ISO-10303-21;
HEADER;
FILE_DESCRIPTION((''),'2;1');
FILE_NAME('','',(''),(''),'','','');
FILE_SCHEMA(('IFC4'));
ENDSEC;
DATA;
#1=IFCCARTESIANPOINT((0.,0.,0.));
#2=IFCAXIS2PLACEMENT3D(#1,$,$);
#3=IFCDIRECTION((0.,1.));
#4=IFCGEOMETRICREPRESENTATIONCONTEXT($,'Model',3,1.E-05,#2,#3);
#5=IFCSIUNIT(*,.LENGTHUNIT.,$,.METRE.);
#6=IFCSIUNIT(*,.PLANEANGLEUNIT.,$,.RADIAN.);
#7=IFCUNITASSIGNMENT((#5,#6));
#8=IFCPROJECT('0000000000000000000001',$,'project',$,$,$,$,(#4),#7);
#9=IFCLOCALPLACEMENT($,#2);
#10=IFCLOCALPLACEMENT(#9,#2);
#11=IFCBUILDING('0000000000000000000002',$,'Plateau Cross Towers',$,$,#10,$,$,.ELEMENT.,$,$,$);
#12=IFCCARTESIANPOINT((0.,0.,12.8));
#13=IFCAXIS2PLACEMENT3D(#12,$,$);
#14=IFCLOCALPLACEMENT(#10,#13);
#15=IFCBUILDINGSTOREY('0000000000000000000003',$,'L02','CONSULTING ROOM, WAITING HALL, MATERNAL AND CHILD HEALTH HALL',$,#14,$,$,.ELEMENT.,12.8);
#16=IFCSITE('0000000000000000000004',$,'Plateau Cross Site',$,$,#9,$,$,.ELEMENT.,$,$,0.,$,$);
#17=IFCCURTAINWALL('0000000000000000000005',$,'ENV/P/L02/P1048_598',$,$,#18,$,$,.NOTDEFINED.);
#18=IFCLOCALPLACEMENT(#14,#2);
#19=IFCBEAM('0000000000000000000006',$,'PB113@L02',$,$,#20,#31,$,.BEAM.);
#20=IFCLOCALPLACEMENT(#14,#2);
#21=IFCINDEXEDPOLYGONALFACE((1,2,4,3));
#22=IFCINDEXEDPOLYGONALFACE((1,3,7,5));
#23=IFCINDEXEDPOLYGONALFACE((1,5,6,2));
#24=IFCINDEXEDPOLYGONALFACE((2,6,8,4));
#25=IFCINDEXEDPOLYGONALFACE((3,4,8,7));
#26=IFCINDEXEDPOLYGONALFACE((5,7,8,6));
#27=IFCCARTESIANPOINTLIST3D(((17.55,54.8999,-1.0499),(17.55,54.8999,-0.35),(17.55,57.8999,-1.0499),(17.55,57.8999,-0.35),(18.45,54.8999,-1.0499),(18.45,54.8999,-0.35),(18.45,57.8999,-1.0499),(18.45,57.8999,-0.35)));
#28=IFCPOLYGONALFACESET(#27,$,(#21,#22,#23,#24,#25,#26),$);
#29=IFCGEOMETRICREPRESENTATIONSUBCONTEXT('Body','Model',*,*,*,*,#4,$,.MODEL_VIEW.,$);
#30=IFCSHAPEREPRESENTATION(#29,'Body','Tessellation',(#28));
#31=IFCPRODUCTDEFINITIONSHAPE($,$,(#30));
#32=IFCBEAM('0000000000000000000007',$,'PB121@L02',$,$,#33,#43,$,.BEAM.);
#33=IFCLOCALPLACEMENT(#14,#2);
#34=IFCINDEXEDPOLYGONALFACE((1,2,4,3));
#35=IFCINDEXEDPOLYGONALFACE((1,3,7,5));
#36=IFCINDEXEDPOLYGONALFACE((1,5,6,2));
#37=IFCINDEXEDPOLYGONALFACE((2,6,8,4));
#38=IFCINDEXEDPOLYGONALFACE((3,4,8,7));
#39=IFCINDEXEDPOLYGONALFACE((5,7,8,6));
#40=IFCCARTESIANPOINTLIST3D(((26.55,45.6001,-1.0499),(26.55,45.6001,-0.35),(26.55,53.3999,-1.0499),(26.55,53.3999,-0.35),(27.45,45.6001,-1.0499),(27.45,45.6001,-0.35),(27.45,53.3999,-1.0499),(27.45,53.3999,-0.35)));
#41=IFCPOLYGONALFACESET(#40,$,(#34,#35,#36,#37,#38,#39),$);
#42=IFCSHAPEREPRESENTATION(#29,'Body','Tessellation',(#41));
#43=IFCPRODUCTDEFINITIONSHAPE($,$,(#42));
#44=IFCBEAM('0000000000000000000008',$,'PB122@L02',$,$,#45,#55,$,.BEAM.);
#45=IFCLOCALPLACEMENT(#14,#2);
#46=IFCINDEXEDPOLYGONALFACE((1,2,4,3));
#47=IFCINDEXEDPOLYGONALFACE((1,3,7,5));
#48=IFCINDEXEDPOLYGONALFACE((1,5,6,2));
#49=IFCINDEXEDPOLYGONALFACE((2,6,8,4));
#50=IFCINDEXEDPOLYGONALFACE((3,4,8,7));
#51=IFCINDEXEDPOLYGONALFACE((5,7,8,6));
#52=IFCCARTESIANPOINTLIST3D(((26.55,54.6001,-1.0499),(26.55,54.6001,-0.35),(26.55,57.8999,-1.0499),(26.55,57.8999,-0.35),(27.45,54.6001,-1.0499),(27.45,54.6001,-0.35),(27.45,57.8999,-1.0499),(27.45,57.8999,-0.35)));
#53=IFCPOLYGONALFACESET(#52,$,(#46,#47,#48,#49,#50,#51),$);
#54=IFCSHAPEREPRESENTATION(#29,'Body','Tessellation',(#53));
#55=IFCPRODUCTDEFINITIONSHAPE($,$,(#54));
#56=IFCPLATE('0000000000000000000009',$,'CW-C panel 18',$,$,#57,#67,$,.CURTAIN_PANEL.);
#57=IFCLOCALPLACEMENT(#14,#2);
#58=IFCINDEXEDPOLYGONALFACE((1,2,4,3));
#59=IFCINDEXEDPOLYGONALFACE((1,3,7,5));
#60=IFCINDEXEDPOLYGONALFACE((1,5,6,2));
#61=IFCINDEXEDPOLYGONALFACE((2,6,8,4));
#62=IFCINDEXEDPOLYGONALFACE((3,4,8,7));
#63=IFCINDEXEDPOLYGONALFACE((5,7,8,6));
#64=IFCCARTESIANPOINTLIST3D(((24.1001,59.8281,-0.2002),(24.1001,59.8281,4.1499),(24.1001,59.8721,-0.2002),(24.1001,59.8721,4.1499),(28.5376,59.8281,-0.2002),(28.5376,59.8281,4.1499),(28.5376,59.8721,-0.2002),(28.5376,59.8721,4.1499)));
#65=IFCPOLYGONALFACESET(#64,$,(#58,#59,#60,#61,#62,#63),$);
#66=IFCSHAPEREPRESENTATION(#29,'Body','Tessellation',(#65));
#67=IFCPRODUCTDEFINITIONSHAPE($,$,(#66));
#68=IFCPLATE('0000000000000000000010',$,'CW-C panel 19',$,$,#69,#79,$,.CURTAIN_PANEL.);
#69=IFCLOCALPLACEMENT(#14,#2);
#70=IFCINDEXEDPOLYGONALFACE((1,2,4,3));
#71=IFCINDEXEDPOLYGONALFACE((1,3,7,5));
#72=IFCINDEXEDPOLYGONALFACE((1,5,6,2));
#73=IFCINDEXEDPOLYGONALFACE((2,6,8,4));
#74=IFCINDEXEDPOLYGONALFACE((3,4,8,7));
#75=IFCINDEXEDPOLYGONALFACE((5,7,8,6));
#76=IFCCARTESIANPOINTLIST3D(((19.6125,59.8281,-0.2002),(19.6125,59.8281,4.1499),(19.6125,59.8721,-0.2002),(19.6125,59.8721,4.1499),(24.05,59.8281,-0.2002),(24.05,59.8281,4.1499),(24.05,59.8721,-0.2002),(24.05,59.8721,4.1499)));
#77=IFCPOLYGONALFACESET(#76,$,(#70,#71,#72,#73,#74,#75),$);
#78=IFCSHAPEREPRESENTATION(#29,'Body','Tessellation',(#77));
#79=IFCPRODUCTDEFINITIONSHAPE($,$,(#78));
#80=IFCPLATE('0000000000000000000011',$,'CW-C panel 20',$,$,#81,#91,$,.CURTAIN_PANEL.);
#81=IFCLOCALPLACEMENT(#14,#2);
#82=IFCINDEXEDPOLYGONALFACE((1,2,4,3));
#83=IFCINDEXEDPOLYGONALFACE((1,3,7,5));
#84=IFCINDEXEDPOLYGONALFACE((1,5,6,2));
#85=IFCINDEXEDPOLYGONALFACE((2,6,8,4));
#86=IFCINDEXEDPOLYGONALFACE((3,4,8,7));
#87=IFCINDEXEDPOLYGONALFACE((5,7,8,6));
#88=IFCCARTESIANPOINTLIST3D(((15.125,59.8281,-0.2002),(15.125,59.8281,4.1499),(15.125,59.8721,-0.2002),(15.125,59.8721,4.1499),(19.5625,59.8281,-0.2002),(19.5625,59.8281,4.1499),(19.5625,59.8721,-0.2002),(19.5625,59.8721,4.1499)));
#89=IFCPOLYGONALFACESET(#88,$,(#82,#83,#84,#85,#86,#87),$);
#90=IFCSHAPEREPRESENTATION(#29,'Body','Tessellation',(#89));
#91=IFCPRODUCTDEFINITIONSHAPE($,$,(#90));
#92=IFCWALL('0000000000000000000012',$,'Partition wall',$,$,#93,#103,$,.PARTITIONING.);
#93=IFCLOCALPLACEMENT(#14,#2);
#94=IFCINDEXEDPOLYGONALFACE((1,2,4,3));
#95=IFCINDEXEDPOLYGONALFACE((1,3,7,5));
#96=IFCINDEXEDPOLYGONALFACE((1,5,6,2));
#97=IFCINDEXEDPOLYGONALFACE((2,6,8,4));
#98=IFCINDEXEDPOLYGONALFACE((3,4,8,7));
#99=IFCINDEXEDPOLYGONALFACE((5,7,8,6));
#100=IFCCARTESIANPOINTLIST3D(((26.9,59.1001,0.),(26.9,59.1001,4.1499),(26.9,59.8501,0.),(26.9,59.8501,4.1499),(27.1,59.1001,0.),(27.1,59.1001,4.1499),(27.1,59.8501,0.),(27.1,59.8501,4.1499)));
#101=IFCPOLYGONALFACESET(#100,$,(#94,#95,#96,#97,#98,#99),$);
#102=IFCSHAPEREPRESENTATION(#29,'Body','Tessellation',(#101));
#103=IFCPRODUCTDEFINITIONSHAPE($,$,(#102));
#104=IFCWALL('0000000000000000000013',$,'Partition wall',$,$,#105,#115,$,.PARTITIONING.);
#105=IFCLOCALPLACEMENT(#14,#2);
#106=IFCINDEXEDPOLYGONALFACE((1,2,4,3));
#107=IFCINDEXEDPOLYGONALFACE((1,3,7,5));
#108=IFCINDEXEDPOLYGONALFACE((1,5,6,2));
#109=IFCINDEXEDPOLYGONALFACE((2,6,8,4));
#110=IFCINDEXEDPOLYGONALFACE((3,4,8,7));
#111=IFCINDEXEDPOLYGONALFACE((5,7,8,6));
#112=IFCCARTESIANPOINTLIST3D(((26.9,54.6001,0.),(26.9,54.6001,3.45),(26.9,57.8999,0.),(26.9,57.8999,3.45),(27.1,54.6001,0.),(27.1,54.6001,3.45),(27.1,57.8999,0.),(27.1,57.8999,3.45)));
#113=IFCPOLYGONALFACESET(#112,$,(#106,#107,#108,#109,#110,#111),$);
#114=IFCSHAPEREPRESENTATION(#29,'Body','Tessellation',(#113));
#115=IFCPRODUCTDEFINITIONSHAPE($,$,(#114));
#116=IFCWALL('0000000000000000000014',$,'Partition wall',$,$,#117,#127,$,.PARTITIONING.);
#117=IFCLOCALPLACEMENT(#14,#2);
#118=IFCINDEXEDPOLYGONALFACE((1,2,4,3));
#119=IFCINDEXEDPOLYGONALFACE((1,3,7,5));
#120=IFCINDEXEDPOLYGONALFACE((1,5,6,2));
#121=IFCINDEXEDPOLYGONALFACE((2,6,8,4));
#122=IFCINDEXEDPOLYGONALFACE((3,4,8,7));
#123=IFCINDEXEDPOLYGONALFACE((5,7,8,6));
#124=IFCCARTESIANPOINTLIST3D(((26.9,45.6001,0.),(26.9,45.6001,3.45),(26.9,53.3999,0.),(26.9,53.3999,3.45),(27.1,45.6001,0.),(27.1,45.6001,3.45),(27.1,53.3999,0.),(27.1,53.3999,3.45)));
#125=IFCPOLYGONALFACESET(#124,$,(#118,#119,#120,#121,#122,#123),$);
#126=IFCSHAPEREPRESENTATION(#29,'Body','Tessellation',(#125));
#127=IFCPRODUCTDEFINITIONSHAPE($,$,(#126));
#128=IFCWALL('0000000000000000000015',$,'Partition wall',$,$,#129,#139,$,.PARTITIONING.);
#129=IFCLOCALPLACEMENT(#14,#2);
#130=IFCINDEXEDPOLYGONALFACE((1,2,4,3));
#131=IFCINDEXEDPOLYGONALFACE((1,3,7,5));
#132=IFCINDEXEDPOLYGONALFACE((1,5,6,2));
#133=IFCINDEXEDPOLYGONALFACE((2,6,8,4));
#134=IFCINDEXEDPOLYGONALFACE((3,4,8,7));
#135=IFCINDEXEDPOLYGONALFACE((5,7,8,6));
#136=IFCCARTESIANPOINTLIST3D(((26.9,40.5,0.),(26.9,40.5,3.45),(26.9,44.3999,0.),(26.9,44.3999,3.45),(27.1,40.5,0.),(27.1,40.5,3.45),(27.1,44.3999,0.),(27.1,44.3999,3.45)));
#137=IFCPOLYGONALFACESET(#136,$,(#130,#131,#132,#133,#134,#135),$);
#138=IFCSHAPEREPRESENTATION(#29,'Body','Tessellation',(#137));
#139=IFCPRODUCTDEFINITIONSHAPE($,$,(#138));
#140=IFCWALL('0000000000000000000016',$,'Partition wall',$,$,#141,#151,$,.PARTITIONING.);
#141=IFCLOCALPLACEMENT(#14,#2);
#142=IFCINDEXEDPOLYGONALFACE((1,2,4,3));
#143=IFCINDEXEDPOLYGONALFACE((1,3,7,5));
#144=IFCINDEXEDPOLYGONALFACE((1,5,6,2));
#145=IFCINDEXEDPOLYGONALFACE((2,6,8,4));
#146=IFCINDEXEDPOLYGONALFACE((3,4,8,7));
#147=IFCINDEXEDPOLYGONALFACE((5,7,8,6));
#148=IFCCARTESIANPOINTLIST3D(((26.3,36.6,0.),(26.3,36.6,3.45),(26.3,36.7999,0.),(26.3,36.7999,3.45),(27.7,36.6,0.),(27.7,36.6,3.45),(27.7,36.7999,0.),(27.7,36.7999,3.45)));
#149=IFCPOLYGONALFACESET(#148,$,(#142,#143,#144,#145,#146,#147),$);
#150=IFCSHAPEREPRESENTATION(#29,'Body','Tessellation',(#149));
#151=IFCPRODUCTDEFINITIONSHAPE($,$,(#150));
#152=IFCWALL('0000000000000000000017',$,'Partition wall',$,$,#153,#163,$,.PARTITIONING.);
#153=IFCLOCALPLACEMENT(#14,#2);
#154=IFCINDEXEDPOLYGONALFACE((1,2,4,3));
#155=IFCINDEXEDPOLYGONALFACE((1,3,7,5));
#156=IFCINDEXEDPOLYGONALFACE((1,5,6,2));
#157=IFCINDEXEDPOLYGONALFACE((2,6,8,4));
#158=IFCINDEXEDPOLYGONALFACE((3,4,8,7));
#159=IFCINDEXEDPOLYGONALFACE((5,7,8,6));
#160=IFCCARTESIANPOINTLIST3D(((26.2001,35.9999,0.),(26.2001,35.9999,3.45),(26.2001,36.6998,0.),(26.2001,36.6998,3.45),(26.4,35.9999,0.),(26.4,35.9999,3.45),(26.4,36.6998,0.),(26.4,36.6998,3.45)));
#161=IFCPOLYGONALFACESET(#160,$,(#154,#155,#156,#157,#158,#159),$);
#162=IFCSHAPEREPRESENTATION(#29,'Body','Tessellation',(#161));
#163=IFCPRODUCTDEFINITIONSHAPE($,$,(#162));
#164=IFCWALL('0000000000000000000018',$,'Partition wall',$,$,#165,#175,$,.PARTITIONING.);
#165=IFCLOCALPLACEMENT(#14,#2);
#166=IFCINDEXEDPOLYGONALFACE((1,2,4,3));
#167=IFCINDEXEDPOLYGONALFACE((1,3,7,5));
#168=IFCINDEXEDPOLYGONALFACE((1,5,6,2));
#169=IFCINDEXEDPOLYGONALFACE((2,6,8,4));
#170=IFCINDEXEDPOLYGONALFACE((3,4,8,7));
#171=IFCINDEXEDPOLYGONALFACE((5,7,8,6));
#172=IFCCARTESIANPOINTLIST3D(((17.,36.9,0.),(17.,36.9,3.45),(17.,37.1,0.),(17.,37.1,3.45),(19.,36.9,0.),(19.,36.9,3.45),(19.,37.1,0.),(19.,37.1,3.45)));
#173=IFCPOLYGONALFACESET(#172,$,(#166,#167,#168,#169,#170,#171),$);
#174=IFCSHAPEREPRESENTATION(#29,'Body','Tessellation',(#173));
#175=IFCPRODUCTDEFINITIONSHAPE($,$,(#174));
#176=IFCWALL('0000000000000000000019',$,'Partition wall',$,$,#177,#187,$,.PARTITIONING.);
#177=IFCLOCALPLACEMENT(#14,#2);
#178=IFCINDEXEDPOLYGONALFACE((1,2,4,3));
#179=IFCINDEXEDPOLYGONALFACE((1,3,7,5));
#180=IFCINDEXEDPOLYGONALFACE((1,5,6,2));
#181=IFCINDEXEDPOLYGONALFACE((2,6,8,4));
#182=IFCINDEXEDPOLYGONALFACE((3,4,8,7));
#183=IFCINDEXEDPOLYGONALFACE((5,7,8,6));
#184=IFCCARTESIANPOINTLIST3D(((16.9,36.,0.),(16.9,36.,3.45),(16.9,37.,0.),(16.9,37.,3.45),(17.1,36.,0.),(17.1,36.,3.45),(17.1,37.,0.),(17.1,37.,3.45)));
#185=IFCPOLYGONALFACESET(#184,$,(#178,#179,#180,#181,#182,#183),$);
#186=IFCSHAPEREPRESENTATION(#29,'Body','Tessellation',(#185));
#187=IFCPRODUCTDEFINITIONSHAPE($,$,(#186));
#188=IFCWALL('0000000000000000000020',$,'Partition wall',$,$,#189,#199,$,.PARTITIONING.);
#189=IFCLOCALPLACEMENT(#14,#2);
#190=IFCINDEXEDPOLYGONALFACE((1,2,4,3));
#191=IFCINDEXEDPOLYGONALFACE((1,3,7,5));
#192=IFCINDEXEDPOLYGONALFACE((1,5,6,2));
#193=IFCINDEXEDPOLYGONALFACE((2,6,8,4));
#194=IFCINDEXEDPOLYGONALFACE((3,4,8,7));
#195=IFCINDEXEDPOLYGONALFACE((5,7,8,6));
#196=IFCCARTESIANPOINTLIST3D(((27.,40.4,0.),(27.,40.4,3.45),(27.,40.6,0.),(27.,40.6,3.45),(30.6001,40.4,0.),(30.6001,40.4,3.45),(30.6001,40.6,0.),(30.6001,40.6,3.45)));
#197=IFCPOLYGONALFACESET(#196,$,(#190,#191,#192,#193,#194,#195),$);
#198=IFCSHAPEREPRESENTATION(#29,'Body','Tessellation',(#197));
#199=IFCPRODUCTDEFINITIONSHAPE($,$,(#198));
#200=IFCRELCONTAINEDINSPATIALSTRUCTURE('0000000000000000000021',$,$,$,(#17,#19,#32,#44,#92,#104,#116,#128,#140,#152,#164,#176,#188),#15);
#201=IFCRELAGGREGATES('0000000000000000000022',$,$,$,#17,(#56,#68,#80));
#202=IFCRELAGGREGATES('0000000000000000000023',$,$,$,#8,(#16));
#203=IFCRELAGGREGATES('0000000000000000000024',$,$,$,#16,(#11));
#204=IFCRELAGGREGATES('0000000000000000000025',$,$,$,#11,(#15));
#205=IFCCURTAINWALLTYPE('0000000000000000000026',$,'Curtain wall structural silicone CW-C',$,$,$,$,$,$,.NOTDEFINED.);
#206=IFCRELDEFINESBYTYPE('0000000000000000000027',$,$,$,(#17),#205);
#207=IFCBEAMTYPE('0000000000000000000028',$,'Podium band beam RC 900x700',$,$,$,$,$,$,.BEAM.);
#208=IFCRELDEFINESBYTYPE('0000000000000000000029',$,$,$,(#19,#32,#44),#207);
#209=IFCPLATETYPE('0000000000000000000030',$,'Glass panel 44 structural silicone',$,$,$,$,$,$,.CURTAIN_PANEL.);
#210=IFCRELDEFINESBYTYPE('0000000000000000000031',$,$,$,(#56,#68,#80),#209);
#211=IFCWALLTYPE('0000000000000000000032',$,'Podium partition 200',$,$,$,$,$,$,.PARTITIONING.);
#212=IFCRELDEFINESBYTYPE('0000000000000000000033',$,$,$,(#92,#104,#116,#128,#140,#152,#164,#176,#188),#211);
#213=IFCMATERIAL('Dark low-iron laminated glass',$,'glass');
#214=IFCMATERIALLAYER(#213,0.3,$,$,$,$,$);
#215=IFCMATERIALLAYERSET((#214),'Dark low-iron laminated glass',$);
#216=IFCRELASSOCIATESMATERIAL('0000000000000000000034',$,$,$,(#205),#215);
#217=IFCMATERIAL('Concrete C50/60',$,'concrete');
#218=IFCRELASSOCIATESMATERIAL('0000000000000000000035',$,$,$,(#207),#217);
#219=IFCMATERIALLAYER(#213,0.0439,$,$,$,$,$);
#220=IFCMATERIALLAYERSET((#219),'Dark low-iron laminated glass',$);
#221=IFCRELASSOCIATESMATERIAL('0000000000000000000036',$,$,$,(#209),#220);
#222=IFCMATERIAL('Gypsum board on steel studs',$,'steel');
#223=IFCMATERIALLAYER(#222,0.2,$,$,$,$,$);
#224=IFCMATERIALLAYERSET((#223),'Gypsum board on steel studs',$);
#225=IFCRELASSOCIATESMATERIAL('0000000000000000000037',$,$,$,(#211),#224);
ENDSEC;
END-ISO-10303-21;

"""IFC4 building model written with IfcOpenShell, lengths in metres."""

from ifc_helpers import new_model, si_unit, direction, frame, frame_2d, origin, origin_2d, place, context, subcontext, project, spatial, rectangle, extrude, material, layer, layer_set, material_profile, profile_set, type_object, element, aggregate, save


model = new_model("IFC4")

# Units and contexts
model_context = context("Model", 3, precision=1e-05, world=origin(), true_north=direction((0.0, 1.0)))
body_context = subcontext(model_context, "Body", "Model", "MODEL_VIEW")
ifc_project = project(units=[si_unit("LENGTHUNIT", "METRE"), si_unit("PLANEANGLEUNIT", "RADIAN")], contexts=[model_context])

# Site, building, storey
site_placement = place(None, origin())
site = spatial("IfcSite", under=ifc_project, at=site_placement, Name="Plateau Cross Site", CompositionType="ELEMENT", RefElevation=0.0)
building_placement = place(site_placement, origin())
building = spatial("IfcBuilding", under=site, at=building_placement, Name="Plateau Cross Towers", CompositionType="ELEMENT")
storey_placement = place(building_placement, frame((0.0, 0.0, 12.8)))
storey = spatial("IfcBuildingStorey", under=building, at=storey_placement, Name="L02", Description="CONSULTING ROOM, WAITING HALL, MATERNAL AND CHILD HEALTH HALL", CompositionType="ELEMENT", Elevation=12.8)

# Curtain wall
ifc_material_1 = material(Name="Dark low-iron laminated glass", Category="glass")
ifc_layer_1 = layer(ifc_material_1, 0.3)
ifc_layer_set_1 = layer_set([ifc_layer_1], Name="Dark low-iron laminated glass")
curtain_wall_type = type_object("IfcCurtainWallType", Name="Curtain wall structural silicone CW-C", PredefinedType="NOTDEFINED", material=ifc_layer_set_1)
curtain_wall_placement = place(storey_placement, origin())
curtain_wall = element("IfcCurtainWall", 1, at=curtain_wall_placement, inside=storey, type_object=curtain_wall_type, Name="ENV/P/L02/P1048_598", PredefinedType="NOTDEFINED")

# Beams
ifc_material_2 = material(Name="Concrete C50/60", Category="concrete")
ifc_material_profile_1 = material_profile(ifc_material_2, rectangle(XDim=0.8999, YDim=0.7, at=origin_2d()), Name="RC 900x700")
ifc_profile_set_1 = profile_set([ifc_material_profile_1], Name="Concrete C50/60")
beam_type = type_object("IfcBeamType", Name="Podium band beam RC 900x700", PredefinedType="BEAM", material=ifc_profile_set_1)
beam_1_placement = place(storey_placement, frame((18.0, 54.8999, -0.7), z_axis=(0.0, 1.0, 0.0), x_axis=(-1.0, 0.0, 0.0)))
element("IfcBeam", 2, at=beam_1_placement, inside=storey, type_object=beam_type, Name="PB113@L02", PredefinedType="BEAM", context=body_context, shape_type="SweptSolid", body=[
    extrude(rectangle(XDim=0.8999, YDim=0.7, at=origin_2d()), origin(), (0.0, 0.0, 1.0), 3.0),
])
beam_2_placement = place(storey_placement, frame((27.0, 45.6001, -0.7), z_axis=(0.0, 1.0, 0.0), x_axis=(-1.0, 0.0, 0.0)))
element("IfcBeam", 3, at=beam_2_placement, inside=storey, type_object=beam_type, Name="PB121@L02", PredefinedType="BEAM", context=body_context, shape_type="SweptSolid", body=[
    extrude(rectangle(XDim=0.8999, YDim=0.7, at=origin_2d()), origin(), (0.0, 0.0, 1.0), 7.7998),
])
beam_3_placement = place(storey_placement, frame((27.0, 54.6001, -0.7), z_axis=(0.0, 1.0, 0.0), x_axis=(-1.0, 0.0, 0.0)))
element("IfcBeam", 4, at=beam_3_placement, inside=storey, type_object=beam_type, Name="PB122@L02", PredefinedType="BEAM", context=body_context, shape_type="SweptSolid", body=[
    extrude(rectangle(XDim=0.8999, YDim=0.7, at=origin_2d()), origin(), (0.0, 0.0, 1.0), 3.2998),
])

# Plates
ifc_layer_2 = layer(ifc_material_1, 0.0439)
ifc_layer_set_2 = layer_set([ifc_layer_2], Name="Dark low-iron laminated glass")
plate_type = type_object("IfcPlateType", Name="Glass panel 44 structural silicone", PredefinedType="CURTAIN_PANEL", material=ifc_layer_set_2)
plate_1_placement = place(storey_placement, frame((26.3188, 59.8501, -0.2002), z_axis=(0.0, 0.0, 1.0), x_axis=(-1.0, 0.0, 0.0)))
plate_1 = element("IfcPlate", 5, at=plate_1_placement, type_object=plate_type, Name="CW-C panel 18", PredefinedType="CURTAIN_PANEL", context=body_context, shape_type="SweptSolid", body=[
    extrude(rectangle(XDim=4.4375, YDim=0.0439, at=origin_2d()), origin(), (0.0, 0.0, 1.0), 4.3501),
])
plate_2_placement = place(storey_placement, frame((21.8313, 59.8501, -0.2002), z_axis=(0.0, 0.0, 1.0), x_axis=(-1.0, 0.0, 0.0)))
plate_2 = element("IfcPlate", 6, at=plate_2_placement, type_object=plate_type, Name="CW-C panel 19", PredefinedType="CURTAIN_PANEL", context=body_context, shape_type="SweptSolid", body=[
    extrude(rectangle(XDim=4.4375, YDim=0.0439, at=origin_2d()), origin(), (0.0, 0.0, 1.0), 4.3501),
])
plate_3_placement = place(storey_placement, frame((17.3438, 59.8501, -0.2002), z_axis=(0.0, 0.0, 1.0), x_axis=(-1.0, 0.0, 0.0)))
plate_3 = element("IfcPlate", 7, at=plate_3_placement, type_object=plate_type, Name="CW-C panel 20", PredefinedType="CURTAIN_PANEL", context=body_context, shape_type="SweptSolid", body=[
    extrude(rectangle(XDim=4.4375, YDim=0.0439, at=origin_2d()), origin(), (0.0, 0.0, 1.0), 4.3501),
])
aggregate(curtain_wall, [plate_1, plate_2, plate_3])

# Walls
ifc_material_3 = material(Name="Gypsum board on steel studs", Category="steel")
ifc_layer_3 = layer(ifc_material_3, 0.2)
ifc_layer_set_3 = layer_set([ifc_layer_3], Name="Gypsum board on steel studs")
wall_type_1 = type_object("IfcWallType", Name="Podium partition 200", PredefinedType="PARTITIONING", material=ifc_layer_set_3)
wall_1_placement = place(storey_placement, frame((27.0, 59.8501, 0.0), z_axis=(0.0, 0.0, 1.0), x_axis=(0.0, -1.0, 0.0)))
element("IfcWall", 8, at=wall_1_placement, inside=storey, type_object=wall_type_1, Name="Partition wall", PredefinedType="PARTITIONING", context=body_context, shape_type="SweptSolid", body=[
    extrude(rectangle(XDim=0.75, YDim=0.2, at=frame_2d((0.375, 0.0))), origin(), (0.0, 0.0, 1.0), 4.1499),
])
wall_2_placement = place(storey_placement, frame((27.0, 57.8999, 0.0), z_axis=(0.0, 0.0, 1.0), x_axis=(0.0, -1.0, 0.0)))
element("IfcWall", 9, at=wall_2_placement, inside=storey, type_object=wall_type_1, Name="Partition wall", PredefinedType="PARTITIONING", context=body_context, shape_type="SweptSolid", body=[
    extrude(rectangle(XDim=3.2998, YDim=0.2, at=frame_2d((1.6499, 0.0))), origin(), (0.0, 0.0, 1.0), 3.45),
])
wall_3_placement = place(storey_placement, frame((27.0, 53.3999, 0.0), z_axis=(0.0, 0.0, 1.0), x_axis=(0.0, -1.0, 0.0)))
element("IfcWall", 10, at=wall_3_placement, inside=storey, type_object=wall_type_1, Name="Partition wall", PredefinedType="PARTITIONING", context=body_context, shape_type="SweptSolid", body=[
    extrude(rectangle(XDim=7.7998, YDim=0.2, at=frame_2d((3.8999, 0.0))), origin(), (0.0, 0.0, 1.0), 3.45),
])
wall_4_placement = place(storey_placement, frame((27.0, 44.3999, 0.0), z_axis=(0.0, 0.0, 1.0), x_axis=(0.0, -1.0, 0.0)))
element("IfcWall", 11, at=wall_4_placement, inside=storey, type_object=wall_type_1, Name="Partition wall", PredefinedType="PARTITIONING", context=body_context, shape_type="SweptSolid", body=[
    extrude(rectangle(XDim=3.8999, YDim=0.2, at=frame_2d((1.95, 0.0))), origin(), (0.0, 0.0, 1.0), 3.45),
])
wall_5_placement = place(storey_placement, frame((27.7, 36.7, 0.0), z_axis=(0.0, 0.0, 1.0), x_axis=(-1.0, 0.0, 0.0)))
element("IfcWall", 12, at=wall_5_placement, inside=storey, type_object=wall_type_1, Name="Partition wall", PredefinedType="PARTITIONING", context=body_context, shape_type="SweptSolid", body=[
    extrude(rectangle(XDim=1.3999, YDim=0.2, at=frame_2d((0.7, 0.0))), origin(), (0.0, 0.0, 1.0), 3.45),
])
wall_6_placement = place(storey_placement, frame((26.3, 36.7, 0.0), z_axis=(0.0, 0.0, 1.0), x_axis=(0.0, -1.0, 0.0)))
element("IfcWall", 13, at=wall_6_placement, inside=storey, type_object=wall_type_1, Name="Partition wall", PredefinedType="PARTITIONING", context=body_context, shape_type="SweptSolid", body=[
    extrude(rectangle(XDim=0.7, YDim=0.2, at=frame_2d((0.3501, 0.0))), origin(), (0.0, 0.0, 1.0), 3.45),
])
wall_7_placement = place(storey_placement, frame((19.0, 37.0, 0.0), z_axis=(0.0, 0.0, 1.0), x_axis=(-1.0, 0.0, 0.0)))
element("IfcWall", 14, at=wall_7_placement, inside=storey, type_object=wall_type_1, Name="Partition wall", PredefinedType="PARTITIONING", context=body_context, shape_type="SweptSolid", body=[
    extrude(rectangle(XDim=2.0, YDim=0.2, at=frame_2d((1.0, 0.0))), origin(), (0.0, 0.0, 1.0), 3.45),
])
wall_8_placement = place(storey_placement, frame((17.0, 37.0, 0.0), z_axis=(0.0, 0.0, 1.0), x_axis=(0.0, -1.0, 0.0)))
element("IfcWall", 15, at=wall_8_placement, inside=storey, type_object=wall_type_1, Name="Partition wall", PredefinedType="PARTITIONING", context=body_context, shape_type="SweptSolid", body=[
    extrude(rectangle(XDim=1.0, YDim=0.2, at=frame_2d((0.5, 0.0))), origin(), (0.0, 0.0, 1.0), 3.45),
])
wall_9_placement = place(storey_placement, frame((27.0, 40.5, 0.0), z_axis=(0.0, 0.0, 1.0), x_axis=(1.0, 0.0, 0.0)))
element("IfcWall", 16, at=wall_9_placement, inside=storey, type_object=wall_type_1, Name="Partition wall", PredefinedType="PARTITIONING", context=body_context, shape_type="SweptSolid", body=[
    extrude(rectangle(XDim=3.6001, YDim=0.2, at=frame_2d((1.8, 0.0))), origin(), (0.0, 0.0, 1.0), 3.45),
])

save(model, "model.ifc")
